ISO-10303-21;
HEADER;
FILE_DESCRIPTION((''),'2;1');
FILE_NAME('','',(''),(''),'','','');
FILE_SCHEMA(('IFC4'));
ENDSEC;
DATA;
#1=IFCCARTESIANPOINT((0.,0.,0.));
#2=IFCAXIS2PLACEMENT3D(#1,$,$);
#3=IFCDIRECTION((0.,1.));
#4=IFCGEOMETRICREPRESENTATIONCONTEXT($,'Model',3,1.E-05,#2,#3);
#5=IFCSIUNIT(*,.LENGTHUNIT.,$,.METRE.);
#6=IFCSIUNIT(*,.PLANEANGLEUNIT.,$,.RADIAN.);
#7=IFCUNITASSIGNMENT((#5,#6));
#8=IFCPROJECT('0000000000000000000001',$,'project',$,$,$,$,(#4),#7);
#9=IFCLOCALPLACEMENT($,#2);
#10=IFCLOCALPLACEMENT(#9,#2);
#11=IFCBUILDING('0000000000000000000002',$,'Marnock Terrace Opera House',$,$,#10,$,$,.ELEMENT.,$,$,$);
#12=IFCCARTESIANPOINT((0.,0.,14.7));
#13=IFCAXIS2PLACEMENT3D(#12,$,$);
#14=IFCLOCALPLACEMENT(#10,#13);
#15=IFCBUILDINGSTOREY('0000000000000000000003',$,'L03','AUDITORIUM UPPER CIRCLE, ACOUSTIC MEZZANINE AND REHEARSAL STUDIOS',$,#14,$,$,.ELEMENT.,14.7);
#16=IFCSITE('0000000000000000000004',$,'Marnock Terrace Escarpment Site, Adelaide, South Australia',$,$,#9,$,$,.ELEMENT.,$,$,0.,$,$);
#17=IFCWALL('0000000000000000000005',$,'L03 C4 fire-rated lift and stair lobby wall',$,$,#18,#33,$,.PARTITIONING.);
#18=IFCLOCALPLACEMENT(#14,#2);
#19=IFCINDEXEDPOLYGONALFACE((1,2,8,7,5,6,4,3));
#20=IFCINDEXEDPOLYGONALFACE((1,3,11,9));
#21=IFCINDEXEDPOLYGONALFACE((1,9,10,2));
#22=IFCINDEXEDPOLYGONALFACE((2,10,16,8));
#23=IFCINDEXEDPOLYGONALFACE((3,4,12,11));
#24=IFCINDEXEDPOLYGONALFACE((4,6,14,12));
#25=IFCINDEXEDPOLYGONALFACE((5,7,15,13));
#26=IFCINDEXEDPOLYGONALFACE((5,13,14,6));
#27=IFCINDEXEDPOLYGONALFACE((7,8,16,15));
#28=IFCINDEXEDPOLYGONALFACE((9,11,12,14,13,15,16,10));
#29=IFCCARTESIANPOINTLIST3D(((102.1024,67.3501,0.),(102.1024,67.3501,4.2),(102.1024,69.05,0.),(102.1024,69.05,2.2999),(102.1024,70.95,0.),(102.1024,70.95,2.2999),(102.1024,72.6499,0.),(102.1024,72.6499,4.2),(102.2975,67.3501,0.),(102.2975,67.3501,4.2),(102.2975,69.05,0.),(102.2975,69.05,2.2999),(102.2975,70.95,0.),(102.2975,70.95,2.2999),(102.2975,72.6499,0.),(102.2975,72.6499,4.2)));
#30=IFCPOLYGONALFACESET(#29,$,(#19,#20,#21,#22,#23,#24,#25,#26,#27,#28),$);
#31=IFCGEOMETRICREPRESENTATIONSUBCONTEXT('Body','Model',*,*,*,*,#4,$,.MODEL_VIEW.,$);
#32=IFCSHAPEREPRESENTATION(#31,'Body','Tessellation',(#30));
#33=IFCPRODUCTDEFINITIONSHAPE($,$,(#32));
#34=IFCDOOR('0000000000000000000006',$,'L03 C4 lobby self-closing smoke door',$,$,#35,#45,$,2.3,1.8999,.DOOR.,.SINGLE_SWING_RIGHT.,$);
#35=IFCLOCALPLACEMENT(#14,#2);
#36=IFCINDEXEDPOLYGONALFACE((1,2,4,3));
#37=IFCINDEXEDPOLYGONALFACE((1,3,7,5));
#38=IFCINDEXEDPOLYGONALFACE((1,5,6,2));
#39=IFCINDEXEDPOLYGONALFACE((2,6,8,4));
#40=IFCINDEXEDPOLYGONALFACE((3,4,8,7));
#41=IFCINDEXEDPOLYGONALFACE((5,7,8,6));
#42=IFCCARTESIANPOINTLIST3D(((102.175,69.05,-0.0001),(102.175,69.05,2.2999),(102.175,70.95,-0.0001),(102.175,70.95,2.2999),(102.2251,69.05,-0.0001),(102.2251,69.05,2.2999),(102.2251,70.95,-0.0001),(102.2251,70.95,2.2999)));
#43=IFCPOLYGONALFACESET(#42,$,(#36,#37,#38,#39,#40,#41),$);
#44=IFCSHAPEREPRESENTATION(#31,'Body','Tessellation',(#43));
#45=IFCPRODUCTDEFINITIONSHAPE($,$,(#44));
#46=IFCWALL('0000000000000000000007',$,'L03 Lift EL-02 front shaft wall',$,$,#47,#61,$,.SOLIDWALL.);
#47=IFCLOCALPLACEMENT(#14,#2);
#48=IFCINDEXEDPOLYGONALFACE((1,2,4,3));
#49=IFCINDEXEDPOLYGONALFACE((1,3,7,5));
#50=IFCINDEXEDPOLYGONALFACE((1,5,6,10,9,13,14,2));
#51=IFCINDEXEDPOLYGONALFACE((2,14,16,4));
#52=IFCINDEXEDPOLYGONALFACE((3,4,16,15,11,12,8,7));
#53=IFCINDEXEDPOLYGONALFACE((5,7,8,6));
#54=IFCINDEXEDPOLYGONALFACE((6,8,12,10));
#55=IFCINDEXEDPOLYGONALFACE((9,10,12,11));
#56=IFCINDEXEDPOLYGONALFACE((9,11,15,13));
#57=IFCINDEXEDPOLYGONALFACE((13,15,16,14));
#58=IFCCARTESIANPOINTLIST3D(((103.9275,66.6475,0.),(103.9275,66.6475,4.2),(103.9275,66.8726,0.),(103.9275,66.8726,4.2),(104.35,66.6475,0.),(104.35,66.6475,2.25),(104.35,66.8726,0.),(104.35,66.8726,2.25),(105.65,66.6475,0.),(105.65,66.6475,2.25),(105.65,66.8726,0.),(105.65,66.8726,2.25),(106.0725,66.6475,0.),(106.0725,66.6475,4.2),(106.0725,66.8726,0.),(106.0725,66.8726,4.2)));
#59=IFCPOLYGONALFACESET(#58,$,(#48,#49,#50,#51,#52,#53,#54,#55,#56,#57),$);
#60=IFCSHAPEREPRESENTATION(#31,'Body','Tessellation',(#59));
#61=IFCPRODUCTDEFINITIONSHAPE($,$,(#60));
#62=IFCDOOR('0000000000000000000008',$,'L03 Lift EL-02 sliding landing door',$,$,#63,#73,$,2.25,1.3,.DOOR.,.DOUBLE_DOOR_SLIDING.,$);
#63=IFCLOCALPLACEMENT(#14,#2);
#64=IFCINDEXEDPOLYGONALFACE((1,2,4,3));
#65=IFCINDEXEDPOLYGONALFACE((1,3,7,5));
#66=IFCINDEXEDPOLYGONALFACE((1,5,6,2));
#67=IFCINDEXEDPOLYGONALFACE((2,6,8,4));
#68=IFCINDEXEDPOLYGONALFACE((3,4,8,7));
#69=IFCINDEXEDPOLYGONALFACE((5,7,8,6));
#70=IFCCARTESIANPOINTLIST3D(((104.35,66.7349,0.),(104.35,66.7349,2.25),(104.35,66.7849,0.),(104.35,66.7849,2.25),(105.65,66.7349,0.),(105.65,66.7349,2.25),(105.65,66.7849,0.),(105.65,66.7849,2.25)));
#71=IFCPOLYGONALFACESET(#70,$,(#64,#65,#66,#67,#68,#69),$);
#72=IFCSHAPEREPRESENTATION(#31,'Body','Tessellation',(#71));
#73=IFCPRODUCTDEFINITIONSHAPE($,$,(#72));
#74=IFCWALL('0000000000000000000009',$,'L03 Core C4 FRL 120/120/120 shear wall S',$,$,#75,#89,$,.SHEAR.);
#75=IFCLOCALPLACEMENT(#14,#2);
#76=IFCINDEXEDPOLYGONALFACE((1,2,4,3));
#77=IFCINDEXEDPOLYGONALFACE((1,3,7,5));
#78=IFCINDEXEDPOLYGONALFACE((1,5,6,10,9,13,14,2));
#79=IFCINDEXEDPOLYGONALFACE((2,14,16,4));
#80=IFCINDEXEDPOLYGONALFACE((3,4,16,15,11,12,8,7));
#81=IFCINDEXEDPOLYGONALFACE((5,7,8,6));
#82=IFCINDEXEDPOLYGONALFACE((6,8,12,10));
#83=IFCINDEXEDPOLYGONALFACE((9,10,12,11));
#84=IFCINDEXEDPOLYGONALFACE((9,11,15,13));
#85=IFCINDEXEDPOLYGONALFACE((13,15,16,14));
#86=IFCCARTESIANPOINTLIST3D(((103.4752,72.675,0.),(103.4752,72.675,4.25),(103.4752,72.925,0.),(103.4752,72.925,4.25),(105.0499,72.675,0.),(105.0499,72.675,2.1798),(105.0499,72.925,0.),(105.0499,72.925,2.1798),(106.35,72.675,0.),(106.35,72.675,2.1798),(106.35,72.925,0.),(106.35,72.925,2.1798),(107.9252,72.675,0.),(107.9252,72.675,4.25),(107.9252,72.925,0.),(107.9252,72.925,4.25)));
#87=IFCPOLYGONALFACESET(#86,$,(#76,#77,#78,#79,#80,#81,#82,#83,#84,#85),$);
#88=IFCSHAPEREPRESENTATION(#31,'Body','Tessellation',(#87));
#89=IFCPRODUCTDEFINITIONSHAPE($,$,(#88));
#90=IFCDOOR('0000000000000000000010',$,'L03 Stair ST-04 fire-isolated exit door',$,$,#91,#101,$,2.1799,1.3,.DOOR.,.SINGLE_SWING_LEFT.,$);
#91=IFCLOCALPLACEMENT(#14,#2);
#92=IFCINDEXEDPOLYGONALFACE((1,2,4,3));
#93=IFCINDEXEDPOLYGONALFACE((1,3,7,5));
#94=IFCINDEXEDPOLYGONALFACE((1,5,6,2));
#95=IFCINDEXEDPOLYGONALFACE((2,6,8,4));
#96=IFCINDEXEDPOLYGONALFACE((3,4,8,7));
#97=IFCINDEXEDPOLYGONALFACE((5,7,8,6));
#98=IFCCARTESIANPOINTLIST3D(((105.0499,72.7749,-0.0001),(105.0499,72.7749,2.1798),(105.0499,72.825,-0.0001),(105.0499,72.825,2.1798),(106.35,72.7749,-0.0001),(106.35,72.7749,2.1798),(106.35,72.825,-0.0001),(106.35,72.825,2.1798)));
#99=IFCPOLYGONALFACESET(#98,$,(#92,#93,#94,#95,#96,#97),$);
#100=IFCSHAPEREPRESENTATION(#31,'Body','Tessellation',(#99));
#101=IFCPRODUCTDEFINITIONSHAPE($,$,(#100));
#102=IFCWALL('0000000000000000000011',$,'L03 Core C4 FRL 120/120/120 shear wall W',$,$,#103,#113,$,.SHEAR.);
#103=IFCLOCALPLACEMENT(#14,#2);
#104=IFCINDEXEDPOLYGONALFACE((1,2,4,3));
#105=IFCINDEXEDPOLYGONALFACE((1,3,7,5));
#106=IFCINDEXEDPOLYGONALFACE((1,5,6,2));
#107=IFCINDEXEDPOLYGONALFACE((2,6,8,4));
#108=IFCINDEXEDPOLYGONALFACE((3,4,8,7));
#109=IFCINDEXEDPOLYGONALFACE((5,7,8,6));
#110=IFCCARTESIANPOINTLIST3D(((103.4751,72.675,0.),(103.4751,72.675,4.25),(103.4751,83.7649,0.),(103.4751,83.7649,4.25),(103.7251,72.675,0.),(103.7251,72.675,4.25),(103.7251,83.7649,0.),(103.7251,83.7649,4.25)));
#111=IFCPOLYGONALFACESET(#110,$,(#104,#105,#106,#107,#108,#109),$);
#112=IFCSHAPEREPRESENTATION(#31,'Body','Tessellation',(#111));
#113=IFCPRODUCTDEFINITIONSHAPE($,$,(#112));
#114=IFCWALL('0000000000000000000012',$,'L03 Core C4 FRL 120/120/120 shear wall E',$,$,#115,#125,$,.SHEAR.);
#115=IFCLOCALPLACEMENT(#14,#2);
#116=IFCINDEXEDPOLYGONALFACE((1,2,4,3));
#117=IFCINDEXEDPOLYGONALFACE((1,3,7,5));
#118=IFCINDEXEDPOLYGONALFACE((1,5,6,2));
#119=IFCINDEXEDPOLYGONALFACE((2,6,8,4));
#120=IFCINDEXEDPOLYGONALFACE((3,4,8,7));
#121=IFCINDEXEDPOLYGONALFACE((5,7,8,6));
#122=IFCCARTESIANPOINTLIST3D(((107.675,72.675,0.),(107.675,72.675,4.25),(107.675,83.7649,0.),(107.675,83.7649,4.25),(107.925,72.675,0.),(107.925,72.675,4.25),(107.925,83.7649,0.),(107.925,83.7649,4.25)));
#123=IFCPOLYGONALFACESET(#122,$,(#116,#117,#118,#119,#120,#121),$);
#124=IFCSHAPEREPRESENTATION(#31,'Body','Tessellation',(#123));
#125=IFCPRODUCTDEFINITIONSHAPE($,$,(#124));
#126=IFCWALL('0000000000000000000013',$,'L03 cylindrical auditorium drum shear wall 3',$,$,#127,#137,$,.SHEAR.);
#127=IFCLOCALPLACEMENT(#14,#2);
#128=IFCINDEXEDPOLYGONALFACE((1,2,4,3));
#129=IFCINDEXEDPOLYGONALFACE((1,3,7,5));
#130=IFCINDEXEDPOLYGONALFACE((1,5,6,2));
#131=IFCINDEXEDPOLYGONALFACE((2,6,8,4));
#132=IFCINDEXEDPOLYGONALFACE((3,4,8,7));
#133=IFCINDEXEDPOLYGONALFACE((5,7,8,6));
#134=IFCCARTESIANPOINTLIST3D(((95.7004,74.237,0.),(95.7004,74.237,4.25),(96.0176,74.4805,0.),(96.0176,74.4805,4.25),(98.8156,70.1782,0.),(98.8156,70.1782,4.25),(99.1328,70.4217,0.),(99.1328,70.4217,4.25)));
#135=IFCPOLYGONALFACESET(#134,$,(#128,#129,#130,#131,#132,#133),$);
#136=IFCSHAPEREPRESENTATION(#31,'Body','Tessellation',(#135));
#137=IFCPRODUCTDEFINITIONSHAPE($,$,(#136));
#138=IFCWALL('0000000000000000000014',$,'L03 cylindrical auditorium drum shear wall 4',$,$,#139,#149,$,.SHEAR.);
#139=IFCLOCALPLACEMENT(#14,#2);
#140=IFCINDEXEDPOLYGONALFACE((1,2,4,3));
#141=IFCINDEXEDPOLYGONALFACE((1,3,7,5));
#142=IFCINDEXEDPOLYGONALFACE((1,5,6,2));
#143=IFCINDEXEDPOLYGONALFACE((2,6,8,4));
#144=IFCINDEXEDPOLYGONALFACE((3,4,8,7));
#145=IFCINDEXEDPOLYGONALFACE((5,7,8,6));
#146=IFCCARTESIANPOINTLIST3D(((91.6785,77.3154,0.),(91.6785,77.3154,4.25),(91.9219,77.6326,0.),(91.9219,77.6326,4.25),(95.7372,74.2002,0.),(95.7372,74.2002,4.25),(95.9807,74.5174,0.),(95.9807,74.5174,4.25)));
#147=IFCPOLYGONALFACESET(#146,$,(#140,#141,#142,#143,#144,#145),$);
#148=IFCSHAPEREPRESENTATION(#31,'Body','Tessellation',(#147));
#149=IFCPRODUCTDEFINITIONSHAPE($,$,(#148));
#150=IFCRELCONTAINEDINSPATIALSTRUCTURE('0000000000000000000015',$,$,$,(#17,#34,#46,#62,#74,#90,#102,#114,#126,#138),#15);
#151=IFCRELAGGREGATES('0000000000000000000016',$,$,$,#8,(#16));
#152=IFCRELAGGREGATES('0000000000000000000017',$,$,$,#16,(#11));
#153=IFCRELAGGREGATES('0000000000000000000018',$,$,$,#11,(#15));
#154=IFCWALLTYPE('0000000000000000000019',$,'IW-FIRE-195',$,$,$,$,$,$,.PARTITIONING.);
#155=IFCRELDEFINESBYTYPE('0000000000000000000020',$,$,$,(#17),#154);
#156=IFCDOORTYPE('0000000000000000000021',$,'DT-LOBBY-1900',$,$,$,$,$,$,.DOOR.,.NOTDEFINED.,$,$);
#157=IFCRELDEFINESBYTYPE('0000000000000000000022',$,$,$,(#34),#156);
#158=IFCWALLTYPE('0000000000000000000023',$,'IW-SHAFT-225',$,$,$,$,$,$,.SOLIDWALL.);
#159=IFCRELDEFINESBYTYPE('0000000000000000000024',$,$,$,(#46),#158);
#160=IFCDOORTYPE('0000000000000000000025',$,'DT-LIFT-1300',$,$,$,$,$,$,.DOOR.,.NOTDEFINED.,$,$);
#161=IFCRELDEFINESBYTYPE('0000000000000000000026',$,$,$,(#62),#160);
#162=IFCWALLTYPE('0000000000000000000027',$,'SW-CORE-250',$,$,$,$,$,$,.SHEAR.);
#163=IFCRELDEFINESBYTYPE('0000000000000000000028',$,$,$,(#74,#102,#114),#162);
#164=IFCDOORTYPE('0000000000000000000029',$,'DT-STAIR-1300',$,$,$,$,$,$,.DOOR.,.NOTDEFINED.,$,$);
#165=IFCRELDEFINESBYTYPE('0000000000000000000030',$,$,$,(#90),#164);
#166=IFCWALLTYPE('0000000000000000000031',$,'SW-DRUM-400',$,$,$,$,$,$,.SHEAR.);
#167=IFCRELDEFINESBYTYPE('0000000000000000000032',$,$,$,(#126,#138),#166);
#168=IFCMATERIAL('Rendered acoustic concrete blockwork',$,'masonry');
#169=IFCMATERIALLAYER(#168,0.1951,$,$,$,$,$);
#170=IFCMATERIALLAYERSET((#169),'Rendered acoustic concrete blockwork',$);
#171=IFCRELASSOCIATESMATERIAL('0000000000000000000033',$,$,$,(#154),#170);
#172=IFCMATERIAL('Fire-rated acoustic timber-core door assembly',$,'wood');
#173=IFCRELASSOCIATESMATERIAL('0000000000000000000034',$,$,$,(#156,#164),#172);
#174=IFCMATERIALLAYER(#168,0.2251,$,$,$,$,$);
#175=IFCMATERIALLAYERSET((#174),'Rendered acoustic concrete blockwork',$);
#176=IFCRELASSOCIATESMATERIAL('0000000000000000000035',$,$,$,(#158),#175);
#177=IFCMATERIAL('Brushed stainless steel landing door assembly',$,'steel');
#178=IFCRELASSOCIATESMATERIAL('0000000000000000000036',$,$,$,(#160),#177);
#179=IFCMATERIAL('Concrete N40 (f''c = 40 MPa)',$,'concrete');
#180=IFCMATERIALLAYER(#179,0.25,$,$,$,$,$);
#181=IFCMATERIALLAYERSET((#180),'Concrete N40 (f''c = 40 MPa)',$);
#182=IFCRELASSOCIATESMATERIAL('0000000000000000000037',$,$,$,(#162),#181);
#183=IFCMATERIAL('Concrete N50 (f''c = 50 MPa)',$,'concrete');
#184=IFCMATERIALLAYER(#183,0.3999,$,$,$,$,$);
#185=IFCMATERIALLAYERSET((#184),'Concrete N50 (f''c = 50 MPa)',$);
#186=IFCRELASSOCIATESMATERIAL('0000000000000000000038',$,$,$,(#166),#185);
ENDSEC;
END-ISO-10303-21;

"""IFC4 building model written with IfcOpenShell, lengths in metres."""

from ifc_helpers import new_model, si_unit, direction, frame, frame_2d, origin, place, context, subcontext, project, spatial, rectangle, extrude, material, layer, layer_set, type_object, element, fill, save


model = new_model("IFC4")

# Units and contexts
model_context = context("Model", 3, precision=1e-05, world=origin(), true_north=direction((0.0, 1.0)))
body_context = subcontext(model_context, "Body", "Model", "MODEL_VIEW")
ifc_project = project(units=[si_unit("LENGTHUNIT", "METRE"), si_unit("PLANEANGLEUNIT", "RADIAN")], contexts=[model_context])

# Site, building, storey
site_placement = place(None, origin())
site = spatial("IfcSite", under=ifc_project, at=site_placement, Name="Marnock Terrace Escarpment Site, Adelaide, South Australia", CompositionType="ELEMENT", RefElevation=0.0)
building_placement = place(site_placement, origin())
building = spatial("IfcBuilding", under=site, at=building_placement, Name="Marnock Terrace Opera House", CompositionType="ELEMENT")
storey_placement = place(building_placement, frame((0.0, 0.0, 14.7)))
storey = spatial("IfcBuildingStorey", under=building, at=storey_placement, Name="L03", Description="AUDITORIUM UPPER CIRCLE, ACOUSTIC MEZZANINE AND REHEARSAL STUDIOS", CompositionType="ELEMENT", Elevation=14.7)

# Shared definitions
ifc_material_1 = material(Name="Concrete N50 (f'c = 50 MPa)", Category="concrete")
ifc_material_2 = material(Name="Concrete N40 (f'c = 40 MPa)", Category="concrete")

# Walls, openings, doors
ifc_material_3 = material(Name="Rendered acoustic concrete blockwork", Category="masonry")
ifc_layer_1 = layer(ifc_material_3, 0.1951)
ifc_layer_set_1 = layer_set([ifc_layer_1], Name="Rendered acoustic concrete blockwork")
wall_type_1 = type_object("IfcWallType", Name="IW-FIRE-195", PredefinedType="PARTITIONING", material=ifc_layer_set_1)
wall_1_placement = place(storey_placement, frame((102.2, 67.3501, 0.0), z_axis=(0.0, 0.0, 1.0), x_axis=(0.0, 1.0, 0.0)))
wall_1 = element("IfcWall", 1, at=wall_1_placement, inside=storey, type_object=wall_type_1, Name="L03 C4 fire-rated lift and stair lobby wall", PredefinedType="PARTITIONING", context=body_context, shape_type="SweptSolid", body=[
    extrude(rectangle(XDim=5.2998, YDim=0.1951, at=frame_2d((2.6499, 0.0))), origin(), (0.0, 0.0, 1.0), 4.2),
])
opening_1_placement = place(wall_1_placement, frame((1.7, 0.0, 0.0)))
opening_1 = element("IfcOpeningElement", 2, at=opening_1_placement, cuts=wall_1, PredefinedType="OPENING", context=body_context, shape_type="SweptSolid", body=[
    extrude(rectangle(XDim=1.8999, YDim=2.3, at=frame_2d((0.95, 1.1499))), frame((0.0, 0.1074, 0.0), z_axis=(0.0, -1.0, 0.0), x_axis=(1.0, 0.0, 0.0)), (0.0, 0.0, 1.0), 0.2151),
])
ifc_material_4 = material(Name="Fire-rated acoustic timber-core door assembly", Category="wood")
door_type_1 = type_object("IfcDoorType", Name="DT-LOBBY-1900", OperationType="NOTDEFINED", PredefinedType="DOOR", material=ifc_material_4)
door_1_placement = place(opening_1_placement, origin())
door_1 = element("IfcDoor", 3, at=door_1_placement, inside=storey, type_object=door_type_1, Name="L03 C4 lobby self-closing smoke door", OperationType="SINGLE_SWING_RIGHT", OverallHeight=2.3, OverallWidth=1.8999, PredefinedType="DOOR", context=body_context, shape_type="SweptSolid", body=[
    extrude(rectangle(XDim=1.8999, YDim=2.3, at=frame_2d((0.95, 1.1499))), frame((0.0, 0.0249, 0.0), z_axis=(0.0, -1.0, 0.0), x_axis=(1.0, 0.0, 0.0)), (0.0, 0.0, 1.0), 0.05),
])
fill(opening_1, door_1)
ifc_layer_2 = layer(ifc_material_3, 0.2251)
ifc_layer_set_2 = layer_set([ifc_layer_2], Name="Rendered acoustic concrete blockwork")
wall_type_2 = type_object("IfcWallType", Name="IW-SHAFT-225", PredefinedType="SOLIDWALL", material=ifc_layer_set_2)
wall_2_placement = place(storey_placement, frame((103.9275, 66.76, 0.0), z_axis=(0.0, 0.0, 1.0), x_axis=(1.0, 0.0, 0.0)))
wall_2 = element("IfcWall", 4, at=wall_2_placement, inside=storey, type_object=wall_type_2, Name="L03 Lift EL-02 front shaft wall", PredefinedType="SOLIDWALL", context=body_context, shape_type="SweptSolid", body=[
    extrude(rectangle(XDim=2.145, YDim=0.2251, at=frame_2d((1.0725, 0.0))), origin(), (0.0, 0.0, 1.0), 4.2),
])
opening_2_placement = place(wall_2_placement, frame((0.4226, 0.0, 0.0)))
opening_2 = element("IfcOpeningElement", 5, at=opening_2_placement, cuts=wall_2, PredefinedType="OPENING", context=body_context, shape_type="SweptSolid", body=[
    extrude(rectangle(XDim=1.3, YDim=2.25, at=frame_2d((0.6499, 1.125))), frame((0.0, 0.1226, 0.0), z_axis=(0.0, -1.0, 0.0), x_axis=(1.0, 0.0, 0.0)), (0.0, 0.0, 1.0), 0.2451),
])
ifc_material_5 = material(Name="Brushed stainless steel landing door assembly", Category="steel")
door_type_2 = type_object("IfcDoorType", Name="DT-LIFT-1300", OperationType="NOTDEFINED", PredefinedType="DOOR", material=ifc_material_5)
door_2_placement = place(opening_2_placement, origin())
door_2 = element("IfcDoor", 6, at=door_2_placement, inside=storey, type_object=door_type_2, Name="L03 Lift EL-02 sliding landing door", OperationType="DOUBLE_DOOR_SLIDING", OverallHeight=2.25, OverallWidth=1.3, PredefinedType="DOOR", context=body_context, shape_type="SweptSolid", body=[
    extrude(rectangle(XDim=1.3, YDim=2.25, at=frame_2d((0.6499, 1.125))), frame((0.0, 0.0249, 0.0), z_axis=(0.0, -1.0, 0.0), x_axis=(1.0, 0.0, 0.0)), (0.0, 0.0, 1.0), 0.05),
])
fill(opening_2, door_2)
ifc_layer_3 = layer(ifc_material_2, 0.25)
ifc_layer_set_3 = layer_set([ifc_layer_3], Name="Concrete N40 (f'c = 40 MPa)")
wall_type_3 = type_object("IfcWallType", Name="SW-CORE-250", PredefinedType="SHEAR", material=ifc_layer_set_3)
wall_3_placement = place(storey_placement, frame((103.4751, 72.8, 0.0), z_axis=(0.0, 0.0, 1.0), x_axis=(1.0, 0.0, 0.0)))
wall_3 = element("IfcWall", 7, at=wall_3_placement, inside=storey, type_object=wall_type_3, Name="L03 Core C4 FRL 120/120/120 shear wall S", PredefinedType="SHEAR", context=body_context, shape_type="SweptSolid", body=[
    extrude(rectangle(XDim=4.45, YDim=0.25, at=frame_2d((2.2251, 0.0))), origin(), (0.0, 0.0, 1.0), 4.25),
])
opening_3_placement = place(wall_3_placement, frame((1.575, 0.0, 0.0)))
opening_3 = element("IfcOpeningElement", 8, at=opening_3_placement, cuts=wall_3, PredefinedType="OPENING", context=body_context, shape_type="SweptSolid", body=[
    extrude(rectangle(XDim=1.3, YDim=2.1799, at=frame_2d((0.6499, 1.0898))), frame((0.0, 0.135, 0.0), z_axis=(0.0, -1.0, 0.0), x_axis=(1.0, 0.0, 0.0)), (0.0, 0.0, 1.0), 0.27),
])
door_type_3 = type_object("IfcDoorType", Name="DT-STAIR-1300", OperationType="NOTDEFINED", PredefinedType="DOOR", material=ifc_material_4)
door_3_placement = place(opening_3_placement, origin())
door_3 = element("IfcDoor", 9, at=door_3_placement, inside=storey, type_object=door_type_3, Name="L03 Stair ST-04 fire-isolated exit door", OperationType="SINGLE_SWING_LEFT", OverallHeight=2.1799, OverallWidth=1.3, PredefinedType="DOOR", context=body_context, shape_type="SweptSolid", body=[
    extrude(rectangle(XDim=1.3, YDim=2.1799, at=frame_2d((0.6499, 1.0898))), frame((0.0, 0.0249, 0.0), z_axis=(0.0, -1.0, 0.0), x_axis=(1.0, 0.0, 0.0)), (0.0, 0.0, 1.0), 0.05),
])
fill(opening_3, door_3)

# Walls
for number, where, z_axis, x_axis, name in (
    (10, (103.6001, 72.675, 0.0), (0.0, 0.0, 1.0), (0.0, 1.0, 0.0), "L03 Core C4 FRL 120/120/120 shear wall W"),
    (11, (107.8, 72.675, 0.0), (0.0, 0.0, 1.0), (0.0, 1.0, 0.0), "L03 Core C4 FRL 120/120/120 shear wall E"),
):
    element("IfcWall", number, at=place(storey_placement, frame(where, z_axis=z_axis, x_axis=x_axis)), inside=storey, type_object=wall_type_3, Name=name, PredefinedType="SHEAR", context=body_context, shape_type="SweptSolid", body=[
        extrude(rectangle(XDim=11.0898, YDim=0.25, at=frame_2d((5.5449, 0.0))), origin(), (0.0, 0.0, 1.0), 4.25),
    ])
ifc_layer_4 = layer(ifc_material_1, 0.3999)
ifc_layer_set_4 = layer_set([ifc_layer_4], Name="Concrete N50 (f'c = 50 MPa)")
wall_type_4 = type_object("IfcWallType", Name="SW-DRUM-400", PredefinedType="SHEAR", material=ifc_layer_set_4)
for number, where, z_axis, x_axis, name in (
    (12, (98.9741, 70.3, 0.0), (0.0, 0.0, 1.0), (-0.608857, 0.79328, 0.0), "L03 cylindrical auditorium drum shear wall 3"),
    (13, (95.8589, 74.3589, 0.0), (0.0, 0.0, 1.0), (-0.79328, 0.608857, 0.0), "L03 cylindrical auditorium drum shear wall 4"),
):
    element("IfcWall", number, at=place(storey_placement, frame(where, z_axis=z_axis, x_axis=x_axis)), inside=storey, type_object=wall_type_4, Name=name, PredefinedType="SHEAR", context=body_context, shape_type="SweptSolid", body=[
        extrude(rectangle(XDim=5.1165, YDim=0.3999, at=frame_2d((2.5581, 0.0))), origin(), (0.0, 0.0, 1.0), 4.25),
    ])

save(model, "model.ifc")
